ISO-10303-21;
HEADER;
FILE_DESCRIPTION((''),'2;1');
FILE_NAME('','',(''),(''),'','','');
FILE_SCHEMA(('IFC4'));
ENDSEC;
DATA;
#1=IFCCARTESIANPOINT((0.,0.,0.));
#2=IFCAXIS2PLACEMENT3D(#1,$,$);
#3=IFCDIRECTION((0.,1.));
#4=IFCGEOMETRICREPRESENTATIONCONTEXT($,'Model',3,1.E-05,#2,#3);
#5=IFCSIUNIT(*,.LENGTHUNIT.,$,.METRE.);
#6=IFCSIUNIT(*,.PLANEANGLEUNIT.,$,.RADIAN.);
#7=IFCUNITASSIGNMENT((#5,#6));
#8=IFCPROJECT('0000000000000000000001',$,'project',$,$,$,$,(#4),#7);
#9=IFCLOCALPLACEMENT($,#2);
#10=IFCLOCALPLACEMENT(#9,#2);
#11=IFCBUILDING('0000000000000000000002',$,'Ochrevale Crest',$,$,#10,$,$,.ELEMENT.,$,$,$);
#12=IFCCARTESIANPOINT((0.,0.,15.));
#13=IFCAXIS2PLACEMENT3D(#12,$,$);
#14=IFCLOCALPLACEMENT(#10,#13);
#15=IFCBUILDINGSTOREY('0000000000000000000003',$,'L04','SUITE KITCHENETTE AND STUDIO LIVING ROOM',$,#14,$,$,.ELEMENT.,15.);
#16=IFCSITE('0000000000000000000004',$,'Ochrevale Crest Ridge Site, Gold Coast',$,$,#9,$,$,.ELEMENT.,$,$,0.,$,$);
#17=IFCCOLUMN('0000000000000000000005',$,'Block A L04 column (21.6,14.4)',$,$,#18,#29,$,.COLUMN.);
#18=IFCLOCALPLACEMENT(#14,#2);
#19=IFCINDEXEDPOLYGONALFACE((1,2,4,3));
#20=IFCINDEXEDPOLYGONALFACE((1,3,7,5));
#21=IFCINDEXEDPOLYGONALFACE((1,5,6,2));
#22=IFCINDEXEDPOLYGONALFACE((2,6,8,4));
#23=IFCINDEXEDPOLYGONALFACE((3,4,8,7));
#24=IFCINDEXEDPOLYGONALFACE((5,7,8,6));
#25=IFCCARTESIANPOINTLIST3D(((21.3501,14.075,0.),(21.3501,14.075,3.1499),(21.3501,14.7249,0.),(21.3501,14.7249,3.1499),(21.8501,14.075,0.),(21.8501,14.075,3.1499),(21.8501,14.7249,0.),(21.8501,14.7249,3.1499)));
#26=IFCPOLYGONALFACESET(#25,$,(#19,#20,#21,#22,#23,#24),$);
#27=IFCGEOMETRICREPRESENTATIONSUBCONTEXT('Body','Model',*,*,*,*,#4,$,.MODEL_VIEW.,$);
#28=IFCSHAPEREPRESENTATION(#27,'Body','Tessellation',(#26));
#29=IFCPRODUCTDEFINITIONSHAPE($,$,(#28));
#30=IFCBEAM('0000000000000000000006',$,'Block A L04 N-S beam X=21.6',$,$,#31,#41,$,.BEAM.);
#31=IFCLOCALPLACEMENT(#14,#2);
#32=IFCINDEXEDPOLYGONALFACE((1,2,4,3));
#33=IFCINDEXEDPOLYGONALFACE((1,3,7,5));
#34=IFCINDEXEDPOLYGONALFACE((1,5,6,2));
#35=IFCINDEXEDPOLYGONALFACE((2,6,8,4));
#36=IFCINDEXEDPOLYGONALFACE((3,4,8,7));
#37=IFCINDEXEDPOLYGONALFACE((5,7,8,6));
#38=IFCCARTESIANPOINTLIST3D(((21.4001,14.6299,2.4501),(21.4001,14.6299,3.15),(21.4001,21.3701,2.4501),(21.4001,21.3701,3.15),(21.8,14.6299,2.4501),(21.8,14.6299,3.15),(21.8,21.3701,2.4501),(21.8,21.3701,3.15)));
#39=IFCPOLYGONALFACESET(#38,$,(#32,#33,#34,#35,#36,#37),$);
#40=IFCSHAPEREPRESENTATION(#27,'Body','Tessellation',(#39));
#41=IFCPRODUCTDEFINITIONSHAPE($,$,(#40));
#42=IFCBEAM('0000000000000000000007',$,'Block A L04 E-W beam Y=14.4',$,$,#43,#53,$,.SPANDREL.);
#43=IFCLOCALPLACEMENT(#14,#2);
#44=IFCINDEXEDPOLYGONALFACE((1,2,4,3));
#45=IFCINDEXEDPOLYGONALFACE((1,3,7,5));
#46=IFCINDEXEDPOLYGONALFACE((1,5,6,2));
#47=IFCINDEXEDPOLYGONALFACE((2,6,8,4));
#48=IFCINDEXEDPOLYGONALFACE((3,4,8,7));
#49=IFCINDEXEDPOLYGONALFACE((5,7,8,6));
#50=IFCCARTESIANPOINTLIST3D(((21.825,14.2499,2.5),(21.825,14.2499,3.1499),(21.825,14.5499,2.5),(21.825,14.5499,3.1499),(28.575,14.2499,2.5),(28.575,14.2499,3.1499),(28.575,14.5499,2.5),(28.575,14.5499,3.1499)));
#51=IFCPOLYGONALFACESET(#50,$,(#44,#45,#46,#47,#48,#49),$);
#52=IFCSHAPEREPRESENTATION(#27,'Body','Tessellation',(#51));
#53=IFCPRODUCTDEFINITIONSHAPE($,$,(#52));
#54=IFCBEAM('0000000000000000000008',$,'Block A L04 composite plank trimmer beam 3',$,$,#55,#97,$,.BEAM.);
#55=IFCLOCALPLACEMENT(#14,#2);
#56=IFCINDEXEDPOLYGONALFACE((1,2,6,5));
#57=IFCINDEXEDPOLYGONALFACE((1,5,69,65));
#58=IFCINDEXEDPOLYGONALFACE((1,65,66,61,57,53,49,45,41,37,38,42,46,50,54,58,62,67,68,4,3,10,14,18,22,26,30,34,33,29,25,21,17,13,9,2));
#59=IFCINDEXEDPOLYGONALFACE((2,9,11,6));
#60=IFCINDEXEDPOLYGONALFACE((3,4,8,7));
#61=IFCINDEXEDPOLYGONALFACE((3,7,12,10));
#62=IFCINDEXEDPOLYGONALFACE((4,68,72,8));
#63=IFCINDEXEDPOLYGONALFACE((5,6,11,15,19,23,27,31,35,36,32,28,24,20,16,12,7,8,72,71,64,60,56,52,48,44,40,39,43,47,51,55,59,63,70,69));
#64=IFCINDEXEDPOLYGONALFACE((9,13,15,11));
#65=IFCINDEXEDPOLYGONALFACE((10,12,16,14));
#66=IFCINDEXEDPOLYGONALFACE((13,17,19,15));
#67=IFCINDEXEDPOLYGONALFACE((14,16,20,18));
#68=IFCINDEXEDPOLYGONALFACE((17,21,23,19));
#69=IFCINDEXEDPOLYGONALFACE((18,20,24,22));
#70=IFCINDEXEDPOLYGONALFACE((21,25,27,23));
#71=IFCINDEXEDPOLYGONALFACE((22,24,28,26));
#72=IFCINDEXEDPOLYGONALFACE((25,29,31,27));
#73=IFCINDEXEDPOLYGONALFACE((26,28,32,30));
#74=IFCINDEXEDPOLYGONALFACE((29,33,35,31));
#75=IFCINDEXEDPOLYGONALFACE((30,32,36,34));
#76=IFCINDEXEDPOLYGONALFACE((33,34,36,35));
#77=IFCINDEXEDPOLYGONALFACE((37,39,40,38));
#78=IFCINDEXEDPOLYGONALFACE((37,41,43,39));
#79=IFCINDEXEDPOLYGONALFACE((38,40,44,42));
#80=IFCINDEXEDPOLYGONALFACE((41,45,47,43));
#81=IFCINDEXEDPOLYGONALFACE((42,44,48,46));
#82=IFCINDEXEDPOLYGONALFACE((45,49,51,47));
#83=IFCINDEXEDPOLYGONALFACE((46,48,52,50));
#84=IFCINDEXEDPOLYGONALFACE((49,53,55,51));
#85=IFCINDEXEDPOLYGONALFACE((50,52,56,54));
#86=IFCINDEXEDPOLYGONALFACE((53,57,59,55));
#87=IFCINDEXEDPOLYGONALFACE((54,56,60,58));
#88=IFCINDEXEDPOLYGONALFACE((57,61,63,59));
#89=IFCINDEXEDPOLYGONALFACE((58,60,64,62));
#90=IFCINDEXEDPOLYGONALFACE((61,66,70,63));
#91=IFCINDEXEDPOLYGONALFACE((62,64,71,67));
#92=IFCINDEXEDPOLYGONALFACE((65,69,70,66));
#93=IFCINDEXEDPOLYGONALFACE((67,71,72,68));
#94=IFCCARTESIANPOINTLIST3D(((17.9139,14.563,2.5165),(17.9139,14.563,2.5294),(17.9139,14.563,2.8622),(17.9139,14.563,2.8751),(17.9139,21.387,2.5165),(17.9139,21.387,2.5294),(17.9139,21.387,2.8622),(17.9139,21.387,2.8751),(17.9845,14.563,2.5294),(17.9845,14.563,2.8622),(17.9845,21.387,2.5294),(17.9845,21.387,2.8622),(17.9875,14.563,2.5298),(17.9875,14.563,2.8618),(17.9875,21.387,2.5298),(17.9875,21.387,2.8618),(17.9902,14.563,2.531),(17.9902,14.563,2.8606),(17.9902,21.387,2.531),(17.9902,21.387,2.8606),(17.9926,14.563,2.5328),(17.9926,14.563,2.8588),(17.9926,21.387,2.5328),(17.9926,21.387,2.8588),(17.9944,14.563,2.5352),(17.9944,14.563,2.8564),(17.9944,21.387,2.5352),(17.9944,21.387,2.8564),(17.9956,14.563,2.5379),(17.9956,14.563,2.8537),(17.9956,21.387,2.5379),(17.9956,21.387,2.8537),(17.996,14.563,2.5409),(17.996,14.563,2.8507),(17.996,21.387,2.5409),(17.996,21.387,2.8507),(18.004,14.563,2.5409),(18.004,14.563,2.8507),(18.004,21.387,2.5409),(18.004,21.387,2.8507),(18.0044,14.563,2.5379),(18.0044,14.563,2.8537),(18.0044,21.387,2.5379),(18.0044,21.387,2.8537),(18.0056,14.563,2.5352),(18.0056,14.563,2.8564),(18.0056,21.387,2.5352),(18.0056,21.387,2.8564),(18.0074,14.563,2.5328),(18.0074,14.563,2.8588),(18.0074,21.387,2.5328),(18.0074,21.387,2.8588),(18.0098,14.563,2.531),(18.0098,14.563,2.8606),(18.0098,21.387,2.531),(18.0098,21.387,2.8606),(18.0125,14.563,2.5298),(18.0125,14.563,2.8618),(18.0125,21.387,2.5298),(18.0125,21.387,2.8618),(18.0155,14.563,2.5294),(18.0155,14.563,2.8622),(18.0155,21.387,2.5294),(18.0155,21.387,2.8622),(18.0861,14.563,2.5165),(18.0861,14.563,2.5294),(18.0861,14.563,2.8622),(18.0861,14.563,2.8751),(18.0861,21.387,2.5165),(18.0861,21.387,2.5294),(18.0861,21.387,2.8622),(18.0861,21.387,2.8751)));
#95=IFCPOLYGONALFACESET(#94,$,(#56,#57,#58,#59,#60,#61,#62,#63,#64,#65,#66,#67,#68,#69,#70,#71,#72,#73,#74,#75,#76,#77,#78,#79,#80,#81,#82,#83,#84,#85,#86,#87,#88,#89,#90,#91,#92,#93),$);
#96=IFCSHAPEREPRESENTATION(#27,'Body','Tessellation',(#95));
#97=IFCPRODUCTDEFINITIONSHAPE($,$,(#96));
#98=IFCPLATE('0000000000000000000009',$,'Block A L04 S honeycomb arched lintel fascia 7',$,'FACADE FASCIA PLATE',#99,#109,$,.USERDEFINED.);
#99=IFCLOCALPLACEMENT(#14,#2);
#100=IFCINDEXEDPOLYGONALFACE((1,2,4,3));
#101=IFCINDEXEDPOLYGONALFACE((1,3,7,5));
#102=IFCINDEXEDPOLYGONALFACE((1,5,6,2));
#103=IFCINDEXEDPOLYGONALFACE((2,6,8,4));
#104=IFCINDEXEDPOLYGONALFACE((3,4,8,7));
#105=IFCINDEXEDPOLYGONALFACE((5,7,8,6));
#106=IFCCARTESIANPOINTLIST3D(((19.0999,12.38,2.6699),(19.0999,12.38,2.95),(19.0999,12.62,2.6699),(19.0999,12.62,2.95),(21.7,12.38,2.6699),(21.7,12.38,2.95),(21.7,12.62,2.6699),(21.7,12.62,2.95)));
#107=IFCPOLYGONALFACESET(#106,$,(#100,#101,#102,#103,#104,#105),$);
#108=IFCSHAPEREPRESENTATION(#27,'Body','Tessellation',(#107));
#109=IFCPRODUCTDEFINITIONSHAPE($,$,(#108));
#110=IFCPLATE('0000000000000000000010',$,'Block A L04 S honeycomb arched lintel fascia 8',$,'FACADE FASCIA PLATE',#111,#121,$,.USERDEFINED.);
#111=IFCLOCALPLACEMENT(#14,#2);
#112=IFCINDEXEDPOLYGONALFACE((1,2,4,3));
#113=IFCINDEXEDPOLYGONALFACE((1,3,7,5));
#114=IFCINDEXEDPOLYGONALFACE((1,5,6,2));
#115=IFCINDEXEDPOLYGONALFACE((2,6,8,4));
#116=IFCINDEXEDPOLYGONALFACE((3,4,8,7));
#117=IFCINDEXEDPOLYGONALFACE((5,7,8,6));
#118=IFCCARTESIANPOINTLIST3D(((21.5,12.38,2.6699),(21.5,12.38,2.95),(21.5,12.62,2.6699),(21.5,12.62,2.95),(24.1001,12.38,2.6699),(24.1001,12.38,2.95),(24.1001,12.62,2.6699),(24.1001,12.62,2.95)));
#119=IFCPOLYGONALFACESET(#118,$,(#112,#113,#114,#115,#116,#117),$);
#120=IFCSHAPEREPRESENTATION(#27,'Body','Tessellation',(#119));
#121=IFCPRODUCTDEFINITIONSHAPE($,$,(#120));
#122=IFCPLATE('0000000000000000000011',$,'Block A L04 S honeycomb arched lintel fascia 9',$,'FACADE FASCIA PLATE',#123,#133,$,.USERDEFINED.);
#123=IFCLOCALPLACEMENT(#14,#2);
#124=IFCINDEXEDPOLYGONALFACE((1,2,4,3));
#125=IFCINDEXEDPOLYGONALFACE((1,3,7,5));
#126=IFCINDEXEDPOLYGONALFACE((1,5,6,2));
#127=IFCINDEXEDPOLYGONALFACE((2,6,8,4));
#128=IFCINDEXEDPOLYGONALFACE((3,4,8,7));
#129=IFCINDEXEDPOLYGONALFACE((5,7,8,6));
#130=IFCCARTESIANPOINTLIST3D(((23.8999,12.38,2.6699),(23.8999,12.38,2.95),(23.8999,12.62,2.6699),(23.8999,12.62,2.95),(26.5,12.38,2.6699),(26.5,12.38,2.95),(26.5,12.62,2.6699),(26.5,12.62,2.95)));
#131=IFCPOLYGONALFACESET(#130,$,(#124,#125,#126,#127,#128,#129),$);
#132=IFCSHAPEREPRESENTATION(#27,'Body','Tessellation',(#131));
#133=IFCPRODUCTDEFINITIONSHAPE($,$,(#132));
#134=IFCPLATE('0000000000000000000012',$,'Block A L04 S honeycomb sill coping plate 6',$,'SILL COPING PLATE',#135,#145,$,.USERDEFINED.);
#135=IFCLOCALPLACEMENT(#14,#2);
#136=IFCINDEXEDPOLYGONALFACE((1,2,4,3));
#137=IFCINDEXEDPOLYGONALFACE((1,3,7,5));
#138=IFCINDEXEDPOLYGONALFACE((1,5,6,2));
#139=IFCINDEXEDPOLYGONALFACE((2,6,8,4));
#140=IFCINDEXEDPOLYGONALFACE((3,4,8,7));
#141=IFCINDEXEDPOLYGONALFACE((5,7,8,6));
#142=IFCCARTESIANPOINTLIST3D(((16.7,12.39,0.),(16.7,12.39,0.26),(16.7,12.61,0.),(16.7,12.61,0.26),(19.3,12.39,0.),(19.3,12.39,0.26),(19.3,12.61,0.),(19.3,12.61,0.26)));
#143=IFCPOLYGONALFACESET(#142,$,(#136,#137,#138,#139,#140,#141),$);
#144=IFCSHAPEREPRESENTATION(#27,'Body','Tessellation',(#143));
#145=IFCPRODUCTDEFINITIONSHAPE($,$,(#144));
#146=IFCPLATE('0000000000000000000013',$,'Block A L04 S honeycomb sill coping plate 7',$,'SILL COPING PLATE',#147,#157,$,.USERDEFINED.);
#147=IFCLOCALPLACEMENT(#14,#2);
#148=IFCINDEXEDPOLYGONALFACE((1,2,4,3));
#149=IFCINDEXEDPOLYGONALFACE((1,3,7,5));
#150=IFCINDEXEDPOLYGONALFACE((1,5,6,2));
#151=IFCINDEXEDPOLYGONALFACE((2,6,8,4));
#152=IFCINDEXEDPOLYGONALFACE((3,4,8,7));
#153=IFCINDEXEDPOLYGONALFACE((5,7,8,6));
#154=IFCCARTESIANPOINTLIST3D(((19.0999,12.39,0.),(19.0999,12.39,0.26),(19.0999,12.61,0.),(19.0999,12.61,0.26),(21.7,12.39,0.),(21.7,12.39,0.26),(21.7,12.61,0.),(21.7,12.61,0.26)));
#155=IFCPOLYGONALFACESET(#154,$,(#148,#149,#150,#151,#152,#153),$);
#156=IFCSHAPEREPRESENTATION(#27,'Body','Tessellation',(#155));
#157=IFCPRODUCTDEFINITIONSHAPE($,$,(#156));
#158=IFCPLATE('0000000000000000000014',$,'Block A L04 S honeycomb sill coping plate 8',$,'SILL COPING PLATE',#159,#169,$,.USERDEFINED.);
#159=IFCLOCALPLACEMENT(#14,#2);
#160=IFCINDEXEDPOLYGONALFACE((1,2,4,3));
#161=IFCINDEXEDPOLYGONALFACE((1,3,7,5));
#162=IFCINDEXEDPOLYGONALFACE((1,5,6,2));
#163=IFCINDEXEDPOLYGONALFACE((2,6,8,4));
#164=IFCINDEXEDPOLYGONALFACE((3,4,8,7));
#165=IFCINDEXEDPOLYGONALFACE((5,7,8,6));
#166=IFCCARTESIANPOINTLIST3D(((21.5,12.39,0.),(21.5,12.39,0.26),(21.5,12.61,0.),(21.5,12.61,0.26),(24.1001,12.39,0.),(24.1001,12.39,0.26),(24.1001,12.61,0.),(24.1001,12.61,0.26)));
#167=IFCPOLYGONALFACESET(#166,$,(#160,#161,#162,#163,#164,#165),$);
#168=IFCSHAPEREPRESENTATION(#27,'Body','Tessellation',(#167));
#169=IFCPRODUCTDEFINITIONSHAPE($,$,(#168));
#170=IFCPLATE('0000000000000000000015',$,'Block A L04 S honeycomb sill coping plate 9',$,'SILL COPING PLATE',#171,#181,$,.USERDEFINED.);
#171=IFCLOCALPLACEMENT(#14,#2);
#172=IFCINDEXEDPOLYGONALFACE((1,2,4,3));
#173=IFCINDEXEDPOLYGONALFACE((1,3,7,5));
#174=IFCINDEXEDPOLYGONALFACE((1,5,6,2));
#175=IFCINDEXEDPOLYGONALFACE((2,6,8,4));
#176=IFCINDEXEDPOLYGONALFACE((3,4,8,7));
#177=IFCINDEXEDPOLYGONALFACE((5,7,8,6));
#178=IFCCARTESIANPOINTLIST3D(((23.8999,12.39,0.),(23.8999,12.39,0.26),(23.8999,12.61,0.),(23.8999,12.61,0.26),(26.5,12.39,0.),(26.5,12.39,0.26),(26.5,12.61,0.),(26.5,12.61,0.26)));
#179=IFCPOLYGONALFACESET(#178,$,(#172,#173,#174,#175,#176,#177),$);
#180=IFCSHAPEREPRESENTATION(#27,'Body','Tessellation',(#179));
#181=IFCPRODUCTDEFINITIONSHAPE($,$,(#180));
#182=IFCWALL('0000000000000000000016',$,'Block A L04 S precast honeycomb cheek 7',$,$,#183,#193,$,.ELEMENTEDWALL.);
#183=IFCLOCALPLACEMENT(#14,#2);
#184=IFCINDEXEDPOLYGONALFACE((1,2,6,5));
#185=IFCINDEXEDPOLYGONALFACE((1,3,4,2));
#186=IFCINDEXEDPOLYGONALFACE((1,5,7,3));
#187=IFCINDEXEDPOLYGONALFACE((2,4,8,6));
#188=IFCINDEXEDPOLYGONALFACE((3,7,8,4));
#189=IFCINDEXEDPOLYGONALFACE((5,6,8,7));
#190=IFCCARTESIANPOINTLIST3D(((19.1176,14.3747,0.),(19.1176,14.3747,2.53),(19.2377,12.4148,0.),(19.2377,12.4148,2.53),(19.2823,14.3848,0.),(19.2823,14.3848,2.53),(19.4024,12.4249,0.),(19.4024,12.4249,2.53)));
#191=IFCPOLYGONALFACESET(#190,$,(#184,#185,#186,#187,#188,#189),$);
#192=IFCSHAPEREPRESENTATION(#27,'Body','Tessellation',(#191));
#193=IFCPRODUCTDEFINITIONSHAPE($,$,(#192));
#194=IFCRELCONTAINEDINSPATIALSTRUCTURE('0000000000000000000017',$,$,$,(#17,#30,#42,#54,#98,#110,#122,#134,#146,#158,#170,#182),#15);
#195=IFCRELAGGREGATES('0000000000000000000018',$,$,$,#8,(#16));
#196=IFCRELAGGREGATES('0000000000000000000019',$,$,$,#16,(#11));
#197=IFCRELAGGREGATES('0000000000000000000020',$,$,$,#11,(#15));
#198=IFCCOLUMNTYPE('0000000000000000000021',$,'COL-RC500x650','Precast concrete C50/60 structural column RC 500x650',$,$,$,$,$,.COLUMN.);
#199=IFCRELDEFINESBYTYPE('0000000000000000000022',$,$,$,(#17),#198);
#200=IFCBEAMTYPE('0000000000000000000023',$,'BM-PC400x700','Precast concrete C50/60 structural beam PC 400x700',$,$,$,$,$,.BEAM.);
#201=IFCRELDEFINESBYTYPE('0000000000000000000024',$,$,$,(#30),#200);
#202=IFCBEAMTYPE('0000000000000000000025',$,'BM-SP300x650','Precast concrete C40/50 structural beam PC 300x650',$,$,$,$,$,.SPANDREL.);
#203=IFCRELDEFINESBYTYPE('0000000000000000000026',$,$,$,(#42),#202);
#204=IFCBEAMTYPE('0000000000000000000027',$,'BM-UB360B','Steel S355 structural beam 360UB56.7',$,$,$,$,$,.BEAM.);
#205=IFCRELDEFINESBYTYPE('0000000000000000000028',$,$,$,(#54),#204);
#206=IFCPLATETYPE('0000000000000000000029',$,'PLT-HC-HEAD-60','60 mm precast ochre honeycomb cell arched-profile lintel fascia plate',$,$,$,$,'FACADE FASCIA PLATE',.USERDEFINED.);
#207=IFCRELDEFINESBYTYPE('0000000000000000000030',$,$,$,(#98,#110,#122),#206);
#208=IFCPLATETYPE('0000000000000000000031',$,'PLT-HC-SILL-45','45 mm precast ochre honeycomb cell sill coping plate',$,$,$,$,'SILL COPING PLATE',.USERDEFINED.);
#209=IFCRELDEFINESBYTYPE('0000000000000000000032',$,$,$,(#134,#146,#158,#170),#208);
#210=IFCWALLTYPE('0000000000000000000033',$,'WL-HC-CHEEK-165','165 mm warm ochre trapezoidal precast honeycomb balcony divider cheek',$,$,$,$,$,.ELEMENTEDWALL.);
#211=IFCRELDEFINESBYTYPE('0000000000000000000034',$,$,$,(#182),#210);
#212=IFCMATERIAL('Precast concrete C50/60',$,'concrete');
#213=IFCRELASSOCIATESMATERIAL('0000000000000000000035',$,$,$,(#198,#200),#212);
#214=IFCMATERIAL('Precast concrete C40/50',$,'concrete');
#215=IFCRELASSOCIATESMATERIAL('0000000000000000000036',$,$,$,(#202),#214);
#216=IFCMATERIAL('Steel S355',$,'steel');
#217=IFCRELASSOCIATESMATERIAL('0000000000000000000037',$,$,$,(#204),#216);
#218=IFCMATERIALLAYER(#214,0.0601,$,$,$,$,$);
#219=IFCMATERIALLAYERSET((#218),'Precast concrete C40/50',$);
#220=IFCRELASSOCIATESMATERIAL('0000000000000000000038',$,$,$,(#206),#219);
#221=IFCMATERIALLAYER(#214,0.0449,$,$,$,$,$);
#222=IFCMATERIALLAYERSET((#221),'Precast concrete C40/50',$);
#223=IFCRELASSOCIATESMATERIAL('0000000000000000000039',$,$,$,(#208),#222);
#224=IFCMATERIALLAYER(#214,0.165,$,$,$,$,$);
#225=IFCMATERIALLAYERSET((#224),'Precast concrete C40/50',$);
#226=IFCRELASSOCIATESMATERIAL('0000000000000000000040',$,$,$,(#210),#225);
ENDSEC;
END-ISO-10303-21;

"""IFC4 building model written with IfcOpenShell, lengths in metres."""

from ifc_helpers import new_model, si_unit, direction, frame, frame_2d, origin, origin_2d, place, context, subcontext, project, spatial, rectangle, i_section, extrude, material, layer, layer_set, material_profile, profile_set, type_object, element, save


model = new_model("IFC4")

# Units and contexts
model_context = context("Model", 3, precision=1e-05, world=origin(), true_north=direction((0.0, 1.0)))
body_context = subcontext(model_context, "Body", "Model", "MODEL_VIEW")
ifc_project = project(units=[si_unit("LENGTHUNIT", "METRE"), si_unit("PLANEANGLEUNIT", "RADIAN")], contexts=[model_context])

# Site, building, storey
site_placement = place(None, origin())
site = spatial("IfcSite", under=ifc_project, at=site_placement, Name="Ochrevale Crest Ridge Site, Gold Coast", CompositionType="ELEMENT", RefElevation=0.0)
building_placement = place(site_placement, origin())
building = spatial("IfcBuilding", under=site, at=building_placement, Name="Ochrevale Crest", CompositionType="ELEMENT")
storey_placement = place(building_placement, frame((0.0, 0.0, 15.0)))
storey = spatial("IfcBuildingStorey", under=building, at=storey_placement, Name="L04", Description="SUITE KITCHENETTE AND STUDIO LIVING ROOM", CompositionType="ELEMENT", Elevation=15.0)

# Column
ifc_material_1 = material(Name="Precast concrete C50/60", Category="concrete")
ifc_material_profile_1 = material_profile(ifc_material_1, rectangle(XDim=0.5, YDim=0.6499, at=origin_2d()), Name="RC 500x650")
ifc_profile_set_1 = profile_set([ifc_material_profile_1], Name="Precast concrete C50/60")
column_type = type_object("IfcColumnType", Name="COL-RC500x650", Description="Precast concrete C50/60 structural column RC 500x650", PredefinedType="COLUMN", material=ifc_profile_set_1)
column_placement = place(storey_placement, frame((21.6001, 14.3999, 0.0), z_axis=(0.0, 0.0, 1.0), x_axis=(1.0, 0.0, 0.0)))
element("IfcColumn", 1, at=column_placement, inside=storey, type_object=column_type, Name="Block A L04 column (21.6,14.4)", PredefinedType="COLUMN", context=body_context, shape_type="SweptSolid", body=[
    extrude(rectangle(XDim=0.5, YDim=0.6499, at=origin_2d()), origin(), (0.0, 0.0, 1.0), 3.1499),
])

# Beams
ifc_material_profile_2 = material_profile(ifc_material_1, rectangle(XDim=0.3999, YDim=0.7, at=origin_2d()), Name="PC 400x700")
ifc_profile_set_2 = profile_set([ifc_material_profile_2], Name="Precast concrete C50/60")
beam_type_1 = type_object("IfcBeamType", Name="BM-PC400x700", Description="Precast concrete C50/60 structural beam PC 400x700", PredefinedType="BEAM", material=ifc_profile_set_2)
beam_1_placement = place(storey_placement, frame((21.6001, 14.6299, 2.8), z_axis=(0.0, 1.0, 0.0), x_axis=(-1.0, 0.0, 0.0)))
element("IfcBeam", 2, at=beam_1_placement, inside=storey, type_object=beam_type_1, Name="Block A L04 N-S beam X=21.6", PredefinedType="BEAM", context=body_context, shape_type="SweptSolid", body=[
    extrude(rectangle(XDim=0.3999, YDim=0.7, at=origin_2d()), origin(), (0.0, 0.0, 1.0), 6.7402),
])
ifc_material_2 = material(Name="Precast concrete C40/50", Category="concrete")
ifc_material_profile_3 = material_profile(ifc_material_2, rectangle(XDim=0.3, YDim=0.6499, at=origin_2d()), Name="PC 300x650")
ifc_profile_set_3 = profile_set([ifc_material_profile_3], Name="Precast concrete C40/50")
beam_type_2 = type_object("IfcBeamType", Name="BM-SP300x650", Description="Precast concrete C40/50 structural beam PC 300x650", PredefinedType="SPANDREL", material=ifc_profile_set_3)
beam_2_placement = place(storey_placement, frame((21.825, 14.3999, 2.825), z_axis=(1.0, 0.0, 0.0), x_axis=(0.0, 1.0, 0.0)))
element("IfcBeam", 3, at=beam_2_placement, inside=storey, type_object=beam_type_2, Name="Block A L04 E-W beam Y=14.4", PredefinedType="SPANDREL", context=body_context, shape_type="SweptSolid", body=[
    extrude(rectangle(XDim=0.3, YDim=0.6499, at=origin_2d()), origin(), (0.0, 0.0, 1.0), 6.75),
])
ifc_material_3 = material(Name="Steel S355", Category="steel")
ifc_material_profile_4 = material_profile(ifc_material_3, i_section(OverallWidth=0.1721, OverallDepth=0.3586, WebThickness=0.0081, FlangeThickness=0.0129, FilletRadius=0.0115, at=origin_2d()), Name="360UB56.7")
ifc_profile_set_4 = profile_set([ifc_material_profile_4], Name="Steel S355")
beam_type_3 = type_object("IfcBeamType", Name="BM-UB360B", Description="Steel S355 structural beam 360UB56.7", PredefinedType="BEAM", material=ifc_profile_set_4)
beam_3_placement = place(storey_placement, frame((18.0, 14.563, 2.6958), z_axis=(0.0, 1.0, 0.0), x_axis=(-1.0, 0.0, 0.0)))
element("IfcBeam", 4, at=beam_3_placement, inside=storey, type_object=beam_type_3, Name="Block A L04 composite plank trimmer beam 3", PredefinedType="BEAM", context=body_context, shape_type="SweptSolid", body=[
    extrude(i_section(OverallWidth=0.1721, OverallDepth=0.3586, WebThickness=0.0081, FlangeThickness=0.0129, FilletRadius=0.0115, at=origin_2d()), origin(), (0.0, 0.0, 1.0), 6.824),
])

# Plates
ifc_layer_1 = layer(ifc_material_2, 0.0601)
ifc_layer_set_1 = layer_set([ifc_layer_1], Name="Precast concrete C40/50")
plate_type_1 = type_object("IfcPlateType", Name="PLT-HC-HEAD-60", Description="60 mm precast ochre honeycomb cell arched-profile lintel fascia plate", ElementType="FACADE FASCIA PLATE", PredefinedType="USERDEFINED", material=ifc_layer_set_1)
for number, where, z_axis, x_axis, name in (
    (5, (20.3999, 12.5, 2.6699), (0.0, 0.0, 1.0), (1.0, 0.0, 0.0), "Block A L04 S honeycomb arched lintel fascia 7"),
    (6, (22.8, 12.5, 2.6699), (0.0, 0.0, 1.0), (1.0, 0.0, 0.0), "Block A L04 S honeycomb arched lintel fascia 8"),
    (7, (25.2, 12.5, 2.6699), (0.0, 0.0, 1.0), (1.0, 0.0, 0.0), "Block A L04 S honeycomb arched lintel fascia 9"),
):
    element("IfcPlate", number, at=place(storey_placement, frame(where, z_axis=z_axis, x_axis=x_axis)), inside=storey, type_object=plate_type_1, Name=name, ObjectType="FACADE FASCIA PLATE", PredefinedType="USERDEFINED", context=body_context, shape_type="SweptSolid", body=[
        extrude(rectangle(XDim=2.6001, YDim=0.24, at=origin_2d()), origin(), (0.0, 0.0, 1.0), 0.28),
    ])
ifc_layer_2 = layer(ifc_material_2, 0.0449)
ifc_layer_set_2 = layer_set([ifc_layer_2], Name="Precast concrete C40/50")
plate_type_2 = type_object("IfcPlateType", Name="PLT-HC-SILL-45", Description="45 mm precast ochre honeycomb cell sill coping plate", ElementType="SILL COPING PLATE", PredefinedType="USERDEFINED", material=ifc_layer_set_2)
for number, where, z_axis, x_axis, name in (
    (8, (18.0, 12.5, 0.0), (0.0, 0.0, 1.0), (1.0, 0.0, 0.0), "Block A L04 S honeycomb sill coping plate 6"),
    (9, (20.3999, 12.5, 0.0), (0.0, 0.0, 1.0), (1.0, 0.0, 0.0), "Block A L04 S honeycomb sill coping plate 7"),
    (10, (22.8, 12.5, 0.0), (0.0, 0.0, 1.0), (1.0, 0.0, 0.0), "Block A L04 S honeycomb sill coping plate 8"),
    (11, (25.2, 12.5, 0.0), (0.0, 0.0, 1.0), (1.0, 0.0, 0.0), "Block A L04 S honeycomb sill coping plate 9"),
):
    element("IfcPlate", number, at=place(storey_placement, frame(where, z_axis=z_axis, x_axis=x_axis)), inside=storey, type_object=plate_type_2, Name=name, ObjectType="SILL COPING PLATE", PredefinedType="USERDEFINED", context=body_context, shape_type="SweptSolid", body=[
        extrude(rectangle(XDim=2.6001, YDim=0.22, at=origin_2d()), origin(), (0.0, 0.0, 1.0), 0.26),
    ])

# Wall
ifc_layer_3 = layer(ifc_material_2, 0.165)
ifc_layer_set_3 = layer_set([ifc_layer_3], Name="Precast concrete C40/50")
wall_type_1 = type_object("IfcWallType", Name="WL-HC-CHEEK-165", Description="165 mm warm ochre trapezoidal precast honeycomb balcony divider cheek", PredefinedType="ELEMENTEDWALL", material=ifc_layer_set_3)
wall_1_placement = place(storey_placement, frame((19.2, 14.3799, 0.0), z_axis=(0.0, 0.0, 1.0), x_axis=(0.061171, -0.998127, 0.0)))
element("IfcWall", 12, at=wall_1_placement, inside=storey, type_object=wall_type_1, Name="Block A L04 S precast honeycomb cheek 7", PredefinedType="ELEMENTEDWALL", context=body_context, shape_type="SweptSolid", body=[
    extrude(rectangle(XDim=1.9636, YDim=0.165, at=frame_2d((0.9819, 0.0))), origin(), (0.0, 0.0, 1.0), 2.53),
])

save(model, "model.ifc")
